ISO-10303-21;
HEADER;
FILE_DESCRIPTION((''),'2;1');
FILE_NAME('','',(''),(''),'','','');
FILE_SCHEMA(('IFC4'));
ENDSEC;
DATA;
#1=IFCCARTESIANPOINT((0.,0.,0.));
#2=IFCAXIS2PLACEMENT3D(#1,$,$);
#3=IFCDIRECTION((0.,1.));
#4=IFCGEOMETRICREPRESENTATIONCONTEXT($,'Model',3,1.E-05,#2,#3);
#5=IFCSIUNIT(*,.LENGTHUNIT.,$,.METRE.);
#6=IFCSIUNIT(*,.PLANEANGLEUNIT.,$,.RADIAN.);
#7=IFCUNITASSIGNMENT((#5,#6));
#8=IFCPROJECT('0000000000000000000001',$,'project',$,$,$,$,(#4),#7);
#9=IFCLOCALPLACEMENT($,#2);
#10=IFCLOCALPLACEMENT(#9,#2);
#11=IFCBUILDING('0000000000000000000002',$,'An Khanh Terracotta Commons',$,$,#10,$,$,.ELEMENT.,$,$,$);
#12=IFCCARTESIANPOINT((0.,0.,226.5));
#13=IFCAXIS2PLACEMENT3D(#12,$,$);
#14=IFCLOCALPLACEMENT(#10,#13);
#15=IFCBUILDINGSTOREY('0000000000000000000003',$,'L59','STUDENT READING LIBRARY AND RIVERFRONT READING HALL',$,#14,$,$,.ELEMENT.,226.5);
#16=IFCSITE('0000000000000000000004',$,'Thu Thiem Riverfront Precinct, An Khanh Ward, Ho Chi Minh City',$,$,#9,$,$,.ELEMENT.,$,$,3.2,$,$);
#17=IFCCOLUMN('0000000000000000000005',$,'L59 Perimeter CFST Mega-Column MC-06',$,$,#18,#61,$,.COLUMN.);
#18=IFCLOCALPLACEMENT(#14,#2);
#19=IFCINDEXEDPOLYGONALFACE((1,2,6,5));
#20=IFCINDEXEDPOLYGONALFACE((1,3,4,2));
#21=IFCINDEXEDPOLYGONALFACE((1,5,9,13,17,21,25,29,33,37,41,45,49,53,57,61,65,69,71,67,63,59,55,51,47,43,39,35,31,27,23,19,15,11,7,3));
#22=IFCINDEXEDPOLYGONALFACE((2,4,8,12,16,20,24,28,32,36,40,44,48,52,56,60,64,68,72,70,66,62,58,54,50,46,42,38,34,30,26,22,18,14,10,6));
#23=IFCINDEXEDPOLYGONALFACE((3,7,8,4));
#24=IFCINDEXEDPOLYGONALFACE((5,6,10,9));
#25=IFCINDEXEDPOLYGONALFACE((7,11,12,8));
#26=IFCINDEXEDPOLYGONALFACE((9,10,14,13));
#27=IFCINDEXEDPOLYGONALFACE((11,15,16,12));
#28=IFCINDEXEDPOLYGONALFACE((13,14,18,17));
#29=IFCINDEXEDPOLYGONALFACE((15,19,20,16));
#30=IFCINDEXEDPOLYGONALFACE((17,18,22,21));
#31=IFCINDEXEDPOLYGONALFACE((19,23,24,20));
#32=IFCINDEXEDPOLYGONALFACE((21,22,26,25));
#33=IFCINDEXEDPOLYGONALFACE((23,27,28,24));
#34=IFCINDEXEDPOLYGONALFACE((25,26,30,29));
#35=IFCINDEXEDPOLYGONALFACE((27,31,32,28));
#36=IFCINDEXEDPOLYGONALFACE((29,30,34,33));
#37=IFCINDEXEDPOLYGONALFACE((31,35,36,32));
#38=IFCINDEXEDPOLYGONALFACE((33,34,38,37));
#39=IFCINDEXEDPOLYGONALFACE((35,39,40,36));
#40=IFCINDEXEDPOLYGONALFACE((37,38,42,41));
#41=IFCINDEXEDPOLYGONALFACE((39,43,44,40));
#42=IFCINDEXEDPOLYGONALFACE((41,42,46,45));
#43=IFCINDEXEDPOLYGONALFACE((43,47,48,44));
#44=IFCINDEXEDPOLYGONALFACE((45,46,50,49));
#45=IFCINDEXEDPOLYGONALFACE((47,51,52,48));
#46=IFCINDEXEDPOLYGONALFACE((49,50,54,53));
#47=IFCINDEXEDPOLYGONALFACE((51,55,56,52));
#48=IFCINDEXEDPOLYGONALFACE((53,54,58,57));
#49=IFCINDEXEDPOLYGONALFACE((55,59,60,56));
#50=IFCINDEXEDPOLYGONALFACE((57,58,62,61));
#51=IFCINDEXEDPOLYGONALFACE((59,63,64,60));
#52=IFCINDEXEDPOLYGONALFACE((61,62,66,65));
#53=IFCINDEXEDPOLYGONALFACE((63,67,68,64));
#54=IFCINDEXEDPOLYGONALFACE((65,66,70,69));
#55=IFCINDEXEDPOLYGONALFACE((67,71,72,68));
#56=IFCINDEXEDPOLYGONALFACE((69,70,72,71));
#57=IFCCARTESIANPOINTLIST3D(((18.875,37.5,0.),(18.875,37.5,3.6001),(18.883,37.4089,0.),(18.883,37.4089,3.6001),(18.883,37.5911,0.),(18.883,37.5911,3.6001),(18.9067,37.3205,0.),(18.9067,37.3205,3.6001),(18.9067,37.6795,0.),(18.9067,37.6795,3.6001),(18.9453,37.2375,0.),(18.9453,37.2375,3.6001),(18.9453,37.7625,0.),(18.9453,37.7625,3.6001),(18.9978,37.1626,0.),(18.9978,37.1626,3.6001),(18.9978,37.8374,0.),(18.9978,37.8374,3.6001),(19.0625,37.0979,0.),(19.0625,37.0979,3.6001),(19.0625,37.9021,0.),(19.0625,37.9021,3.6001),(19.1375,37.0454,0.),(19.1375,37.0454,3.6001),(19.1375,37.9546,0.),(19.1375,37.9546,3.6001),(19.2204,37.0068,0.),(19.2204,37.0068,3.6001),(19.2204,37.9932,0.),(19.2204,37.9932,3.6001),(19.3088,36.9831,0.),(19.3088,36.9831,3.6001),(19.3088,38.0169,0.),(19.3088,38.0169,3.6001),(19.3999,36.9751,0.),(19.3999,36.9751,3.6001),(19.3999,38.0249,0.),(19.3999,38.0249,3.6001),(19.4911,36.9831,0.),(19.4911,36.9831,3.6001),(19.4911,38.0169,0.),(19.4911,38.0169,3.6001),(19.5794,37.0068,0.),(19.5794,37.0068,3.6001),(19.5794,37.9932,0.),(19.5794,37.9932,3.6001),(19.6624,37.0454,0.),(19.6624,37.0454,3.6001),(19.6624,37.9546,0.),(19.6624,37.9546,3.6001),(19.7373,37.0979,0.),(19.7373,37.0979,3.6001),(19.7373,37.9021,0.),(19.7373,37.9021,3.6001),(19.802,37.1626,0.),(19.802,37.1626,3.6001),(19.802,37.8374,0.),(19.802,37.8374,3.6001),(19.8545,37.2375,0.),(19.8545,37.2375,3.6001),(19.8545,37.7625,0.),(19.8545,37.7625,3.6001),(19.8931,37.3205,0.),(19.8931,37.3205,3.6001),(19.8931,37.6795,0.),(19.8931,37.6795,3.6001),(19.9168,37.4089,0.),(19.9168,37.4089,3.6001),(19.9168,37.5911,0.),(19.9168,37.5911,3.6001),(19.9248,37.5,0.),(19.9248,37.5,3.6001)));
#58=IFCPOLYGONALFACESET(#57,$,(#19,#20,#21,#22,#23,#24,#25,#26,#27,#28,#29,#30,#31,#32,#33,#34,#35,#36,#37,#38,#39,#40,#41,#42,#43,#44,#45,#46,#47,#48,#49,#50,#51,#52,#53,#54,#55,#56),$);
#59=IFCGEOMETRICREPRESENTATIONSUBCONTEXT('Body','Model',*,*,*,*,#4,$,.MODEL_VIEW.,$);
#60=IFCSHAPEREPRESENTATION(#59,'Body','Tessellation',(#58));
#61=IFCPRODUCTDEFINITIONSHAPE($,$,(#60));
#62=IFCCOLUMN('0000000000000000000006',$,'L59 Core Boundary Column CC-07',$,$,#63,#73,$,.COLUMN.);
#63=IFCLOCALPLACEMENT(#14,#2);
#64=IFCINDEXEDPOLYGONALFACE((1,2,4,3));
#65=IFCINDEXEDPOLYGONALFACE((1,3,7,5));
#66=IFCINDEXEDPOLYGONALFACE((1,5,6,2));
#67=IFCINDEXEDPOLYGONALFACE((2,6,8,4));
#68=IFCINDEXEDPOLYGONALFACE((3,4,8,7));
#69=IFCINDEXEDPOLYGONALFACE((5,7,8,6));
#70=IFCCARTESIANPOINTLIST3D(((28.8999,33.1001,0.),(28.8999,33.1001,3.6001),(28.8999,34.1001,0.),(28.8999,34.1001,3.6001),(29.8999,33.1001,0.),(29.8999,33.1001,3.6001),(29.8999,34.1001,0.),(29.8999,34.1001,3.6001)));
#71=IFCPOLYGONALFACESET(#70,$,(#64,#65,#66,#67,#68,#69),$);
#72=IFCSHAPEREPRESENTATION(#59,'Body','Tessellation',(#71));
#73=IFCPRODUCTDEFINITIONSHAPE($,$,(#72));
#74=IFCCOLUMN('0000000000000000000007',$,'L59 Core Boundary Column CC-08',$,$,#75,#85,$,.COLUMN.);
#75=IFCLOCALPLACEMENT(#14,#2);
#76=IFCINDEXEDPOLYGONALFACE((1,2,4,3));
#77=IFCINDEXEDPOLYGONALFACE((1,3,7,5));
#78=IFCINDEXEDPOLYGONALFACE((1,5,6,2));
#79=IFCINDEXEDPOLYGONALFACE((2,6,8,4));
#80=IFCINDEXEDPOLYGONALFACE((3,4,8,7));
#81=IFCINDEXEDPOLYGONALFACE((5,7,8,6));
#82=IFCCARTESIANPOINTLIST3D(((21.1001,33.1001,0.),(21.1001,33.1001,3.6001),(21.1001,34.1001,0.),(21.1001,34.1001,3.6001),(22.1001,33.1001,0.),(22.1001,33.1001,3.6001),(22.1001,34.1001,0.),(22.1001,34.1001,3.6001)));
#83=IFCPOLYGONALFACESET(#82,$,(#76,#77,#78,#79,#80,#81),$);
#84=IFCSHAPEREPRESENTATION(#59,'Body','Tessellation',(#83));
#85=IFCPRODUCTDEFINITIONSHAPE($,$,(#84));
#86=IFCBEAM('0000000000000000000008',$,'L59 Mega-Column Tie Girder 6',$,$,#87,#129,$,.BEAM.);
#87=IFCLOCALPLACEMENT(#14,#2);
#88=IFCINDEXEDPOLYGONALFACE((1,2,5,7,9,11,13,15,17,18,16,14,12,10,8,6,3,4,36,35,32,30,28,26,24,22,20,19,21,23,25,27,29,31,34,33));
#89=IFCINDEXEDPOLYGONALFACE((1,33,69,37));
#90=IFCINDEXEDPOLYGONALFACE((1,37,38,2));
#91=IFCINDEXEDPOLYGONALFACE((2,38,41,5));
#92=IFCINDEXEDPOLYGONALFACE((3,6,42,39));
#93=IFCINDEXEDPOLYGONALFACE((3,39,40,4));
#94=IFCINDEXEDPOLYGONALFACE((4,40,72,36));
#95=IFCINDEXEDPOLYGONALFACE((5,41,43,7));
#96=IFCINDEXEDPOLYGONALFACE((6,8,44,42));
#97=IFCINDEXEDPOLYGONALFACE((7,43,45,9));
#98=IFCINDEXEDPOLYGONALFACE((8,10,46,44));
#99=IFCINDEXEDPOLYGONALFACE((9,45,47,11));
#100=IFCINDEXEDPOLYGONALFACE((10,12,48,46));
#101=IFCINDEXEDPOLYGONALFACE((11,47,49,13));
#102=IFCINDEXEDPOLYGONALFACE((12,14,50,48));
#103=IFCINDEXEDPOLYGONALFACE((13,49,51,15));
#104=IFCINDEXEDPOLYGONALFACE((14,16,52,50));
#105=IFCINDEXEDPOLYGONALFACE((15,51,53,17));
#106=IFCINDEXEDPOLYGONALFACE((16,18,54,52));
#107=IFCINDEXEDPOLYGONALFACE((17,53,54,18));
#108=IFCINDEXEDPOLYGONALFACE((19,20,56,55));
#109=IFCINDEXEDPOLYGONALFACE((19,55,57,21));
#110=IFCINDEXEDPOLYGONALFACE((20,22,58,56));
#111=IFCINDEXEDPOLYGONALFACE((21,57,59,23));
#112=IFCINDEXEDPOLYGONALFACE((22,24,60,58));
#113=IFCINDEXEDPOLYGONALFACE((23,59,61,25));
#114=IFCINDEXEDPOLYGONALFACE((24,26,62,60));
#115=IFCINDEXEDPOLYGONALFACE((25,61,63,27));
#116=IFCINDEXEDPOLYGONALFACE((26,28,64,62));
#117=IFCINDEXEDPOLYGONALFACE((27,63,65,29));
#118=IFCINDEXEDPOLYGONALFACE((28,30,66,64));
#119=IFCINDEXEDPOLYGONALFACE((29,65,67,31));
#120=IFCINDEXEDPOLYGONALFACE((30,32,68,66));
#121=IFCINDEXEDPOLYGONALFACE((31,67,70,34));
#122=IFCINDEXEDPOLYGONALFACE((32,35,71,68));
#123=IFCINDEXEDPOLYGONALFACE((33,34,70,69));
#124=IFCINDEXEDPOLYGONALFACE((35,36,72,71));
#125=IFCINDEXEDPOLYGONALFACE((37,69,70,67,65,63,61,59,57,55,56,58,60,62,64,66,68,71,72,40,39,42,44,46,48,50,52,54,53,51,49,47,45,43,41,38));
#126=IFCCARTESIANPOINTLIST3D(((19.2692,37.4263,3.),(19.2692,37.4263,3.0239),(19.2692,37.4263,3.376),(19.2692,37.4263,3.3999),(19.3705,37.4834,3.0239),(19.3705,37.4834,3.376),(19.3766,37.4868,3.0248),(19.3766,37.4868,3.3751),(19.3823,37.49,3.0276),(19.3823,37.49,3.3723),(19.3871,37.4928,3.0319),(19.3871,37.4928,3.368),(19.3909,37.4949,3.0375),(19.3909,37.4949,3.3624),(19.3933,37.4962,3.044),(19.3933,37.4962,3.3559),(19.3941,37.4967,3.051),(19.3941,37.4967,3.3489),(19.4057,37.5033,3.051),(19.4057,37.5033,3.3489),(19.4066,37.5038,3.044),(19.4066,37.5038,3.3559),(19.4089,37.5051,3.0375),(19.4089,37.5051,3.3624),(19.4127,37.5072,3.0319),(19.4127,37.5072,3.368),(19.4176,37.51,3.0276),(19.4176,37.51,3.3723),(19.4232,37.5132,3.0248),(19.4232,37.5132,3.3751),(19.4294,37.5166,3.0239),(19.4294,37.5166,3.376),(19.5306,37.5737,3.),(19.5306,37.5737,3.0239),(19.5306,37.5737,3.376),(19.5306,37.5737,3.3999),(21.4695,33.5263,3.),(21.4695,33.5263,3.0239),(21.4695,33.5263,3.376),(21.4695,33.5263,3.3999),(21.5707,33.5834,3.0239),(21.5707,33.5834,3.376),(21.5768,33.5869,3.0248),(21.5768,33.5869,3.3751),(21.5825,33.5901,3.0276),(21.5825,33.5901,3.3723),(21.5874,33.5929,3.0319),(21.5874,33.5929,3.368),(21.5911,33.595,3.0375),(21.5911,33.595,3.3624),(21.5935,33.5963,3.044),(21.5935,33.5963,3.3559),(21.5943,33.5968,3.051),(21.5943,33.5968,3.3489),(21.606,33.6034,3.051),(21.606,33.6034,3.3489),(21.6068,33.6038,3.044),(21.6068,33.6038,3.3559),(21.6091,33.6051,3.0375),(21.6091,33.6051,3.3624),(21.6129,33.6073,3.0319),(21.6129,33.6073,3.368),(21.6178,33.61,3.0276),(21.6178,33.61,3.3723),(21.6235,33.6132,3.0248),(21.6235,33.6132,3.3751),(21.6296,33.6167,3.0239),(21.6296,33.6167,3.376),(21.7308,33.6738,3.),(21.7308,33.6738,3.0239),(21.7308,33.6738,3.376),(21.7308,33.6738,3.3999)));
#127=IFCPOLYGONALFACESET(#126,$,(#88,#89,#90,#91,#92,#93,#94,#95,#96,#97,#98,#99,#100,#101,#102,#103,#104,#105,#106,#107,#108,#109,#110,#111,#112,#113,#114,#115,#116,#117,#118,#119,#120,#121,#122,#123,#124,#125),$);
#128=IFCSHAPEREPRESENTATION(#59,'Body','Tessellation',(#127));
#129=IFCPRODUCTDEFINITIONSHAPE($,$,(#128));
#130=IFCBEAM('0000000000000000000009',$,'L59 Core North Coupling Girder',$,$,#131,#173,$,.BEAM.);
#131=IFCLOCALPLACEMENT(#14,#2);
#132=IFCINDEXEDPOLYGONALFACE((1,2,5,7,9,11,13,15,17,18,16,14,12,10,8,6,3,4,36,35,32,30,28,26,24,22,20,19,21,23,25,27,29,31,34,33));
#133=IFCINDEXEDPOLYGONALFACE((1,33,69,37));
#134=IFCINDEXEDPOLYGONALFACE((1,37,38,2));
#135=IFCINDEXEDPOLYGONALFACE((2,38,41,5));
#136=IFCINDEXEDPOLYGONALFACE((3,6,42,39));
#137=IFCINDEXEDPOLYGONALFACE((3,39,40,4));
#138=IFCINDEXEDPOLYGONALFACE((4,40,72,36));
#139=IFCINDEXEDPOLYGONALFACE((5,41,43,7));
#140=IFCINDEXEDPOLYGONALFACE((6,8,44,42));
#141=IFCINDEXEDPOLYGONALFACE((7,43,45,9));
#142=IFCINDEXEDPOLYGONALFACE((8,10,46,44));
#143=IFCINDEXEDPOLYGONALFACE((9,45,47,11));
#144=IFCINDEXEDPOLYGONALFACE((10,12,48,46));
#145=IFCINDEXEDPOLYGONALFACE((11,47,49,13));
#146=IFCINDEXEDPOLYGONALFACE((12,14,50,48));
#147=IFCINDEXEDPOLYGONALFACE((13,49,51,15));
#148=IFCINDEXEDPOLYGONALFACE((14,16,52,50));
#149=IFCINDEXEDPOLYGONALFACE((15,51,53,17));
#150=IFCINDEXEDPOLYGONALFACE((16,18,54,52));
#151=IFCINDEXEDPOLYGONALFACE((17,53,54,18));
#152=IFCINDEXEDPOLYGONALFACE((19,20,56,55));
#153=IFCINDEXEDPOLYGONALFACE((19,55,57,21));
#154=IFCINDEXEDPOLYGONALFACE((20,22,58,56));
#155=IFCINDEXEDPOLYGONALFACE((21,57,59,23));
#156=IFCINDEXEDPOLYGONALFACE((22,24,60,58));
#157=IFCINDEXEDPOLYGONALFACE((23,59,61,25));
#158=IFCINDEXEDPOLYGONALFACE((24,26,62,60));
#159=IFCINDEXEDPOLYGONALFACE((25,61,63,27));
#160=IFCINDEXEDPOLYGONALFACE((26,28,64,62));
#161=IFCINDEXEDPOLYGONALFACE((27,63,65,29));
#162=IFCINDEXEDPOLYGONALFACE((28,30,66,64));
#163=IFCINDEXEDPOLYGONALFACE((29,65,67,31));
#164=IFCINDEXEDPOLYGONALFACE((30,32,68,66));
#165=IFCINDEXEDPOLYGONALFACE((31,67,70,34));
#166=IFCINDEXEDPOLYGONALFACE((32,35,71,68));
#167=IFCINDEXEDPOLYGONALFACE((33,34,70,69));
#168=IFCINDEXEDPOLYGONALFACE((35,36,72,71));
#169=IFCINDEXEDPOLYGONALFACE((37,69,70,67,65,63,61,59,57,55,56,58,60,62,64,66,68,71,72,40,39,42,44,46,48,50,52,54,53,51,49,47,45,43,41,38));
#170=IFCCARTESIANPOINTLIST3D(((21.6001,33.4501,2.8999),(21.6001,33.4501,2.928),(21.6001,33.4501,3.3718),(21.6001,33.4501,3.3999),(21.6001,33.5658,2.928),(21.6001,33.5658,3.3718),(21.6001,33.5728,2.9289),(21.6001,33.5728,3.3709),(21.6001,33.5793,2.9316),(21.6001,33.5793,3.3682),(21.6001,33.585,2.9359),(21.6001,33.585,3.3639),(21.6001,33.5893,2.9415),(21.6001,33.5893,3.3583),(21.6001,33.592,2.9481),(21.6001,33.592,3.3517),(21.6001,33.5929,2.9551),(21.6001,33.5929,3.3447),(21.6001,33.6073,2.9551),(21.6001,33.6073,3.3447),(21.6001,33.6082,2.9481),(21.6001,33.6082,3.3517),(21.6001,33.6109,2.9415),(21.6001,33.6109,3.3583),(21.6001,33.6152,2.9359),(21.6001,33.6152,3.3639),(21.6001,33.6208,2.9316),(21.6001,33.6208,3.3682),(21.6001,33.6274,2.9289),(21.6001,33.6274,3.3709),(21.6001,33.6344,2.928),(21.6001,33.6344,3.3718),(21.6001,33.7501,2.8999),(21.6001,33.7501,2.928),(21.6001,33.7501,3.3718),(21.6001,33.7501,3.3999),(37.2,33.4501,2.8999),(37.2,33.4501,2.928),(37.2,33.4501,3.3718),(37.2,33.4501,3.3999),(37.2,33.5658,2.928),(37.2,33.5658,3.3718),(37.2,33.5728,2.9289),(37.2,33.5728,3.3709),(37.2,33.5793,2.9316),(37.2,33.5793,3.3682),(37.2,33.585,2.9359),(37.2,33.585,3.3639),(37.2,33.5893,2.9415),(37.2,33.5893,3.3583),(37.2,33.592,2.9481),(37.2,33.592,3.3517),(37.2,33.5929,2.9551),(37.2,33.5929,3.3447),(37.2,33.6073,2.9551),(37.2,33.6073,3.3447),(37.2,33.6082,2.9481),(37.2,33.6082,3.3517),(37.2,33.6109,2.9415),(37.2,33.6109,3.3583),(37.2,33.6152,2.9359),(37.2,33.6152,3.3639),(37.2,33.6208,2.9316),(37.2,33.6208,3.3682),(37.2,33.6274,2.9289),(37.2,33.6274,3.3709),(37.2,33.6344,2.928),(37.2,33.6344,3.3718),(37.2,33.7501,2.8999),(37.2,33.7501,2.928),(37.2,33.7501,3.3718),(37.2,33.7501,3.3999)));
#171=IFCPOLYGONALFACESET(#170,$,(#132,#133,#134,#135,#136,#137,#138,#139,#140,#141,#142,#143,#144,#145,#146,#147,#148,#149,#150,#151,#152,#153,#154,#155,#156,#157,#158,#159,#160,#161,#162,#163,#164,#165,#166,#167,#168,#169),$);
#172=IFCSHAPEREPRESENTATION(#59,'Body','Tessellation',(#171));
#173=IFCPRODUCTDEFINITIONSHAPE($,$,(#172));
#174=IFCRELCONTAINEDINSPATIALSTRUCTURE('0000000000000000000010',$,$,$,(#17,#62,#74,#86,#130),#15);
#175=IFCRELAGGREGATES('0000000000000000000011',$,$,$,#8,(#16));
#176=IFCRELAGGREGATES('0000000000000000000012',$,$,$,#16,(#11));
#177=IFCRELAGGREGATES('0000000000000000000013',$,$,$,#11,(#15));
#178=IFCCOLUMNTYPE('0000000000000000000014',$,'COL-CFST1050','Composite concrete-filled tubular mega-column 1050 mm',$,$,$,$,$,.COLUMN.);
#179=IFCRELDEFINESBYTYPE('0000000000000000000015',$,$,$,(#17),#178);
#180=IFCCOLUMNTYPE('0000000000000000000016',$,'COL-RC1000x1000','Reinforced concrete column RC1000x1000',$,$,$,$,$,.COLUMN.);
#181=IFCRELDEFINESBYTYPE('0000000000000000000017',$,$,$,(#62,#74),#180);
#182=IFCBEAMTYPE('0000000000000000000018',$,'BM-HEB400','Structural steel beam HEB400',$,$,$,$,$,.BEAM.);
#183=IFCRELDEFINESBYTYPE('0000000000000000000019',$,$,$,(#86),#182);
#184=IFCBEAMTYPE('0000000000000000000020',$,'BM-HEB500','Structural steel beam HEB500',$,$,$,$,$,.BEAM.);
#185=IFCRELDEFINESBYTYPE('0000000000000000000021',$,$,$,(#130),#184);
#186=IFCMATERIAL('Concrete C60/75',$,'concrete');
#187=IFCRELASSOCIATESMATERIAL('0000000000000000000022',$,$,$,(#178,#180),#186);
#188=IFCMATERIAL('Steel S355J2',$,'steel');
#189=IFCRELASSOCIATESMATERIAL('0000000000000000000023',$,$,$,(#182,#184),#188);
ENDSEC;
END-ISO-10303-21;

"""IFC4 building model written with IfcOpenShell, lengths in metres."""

from ifc_helpers import new_model, si_unit, direction, frame, origin, origin_2d, place, context, subcontext, project, spatial, rectangle, circle, i_section, extrude, material, material_profile, profile_set, type_object, element, save


model = new_model("IFC4")

# Units and contexts
model_context = context("Model", 3, precision=1e-05, world=origin(), true_north=direction((0.0, 1.0)))
body_context = subcontext(model_context, "Body", "Model", "MODEL_VIEW")
ifc_project = project(units=[si_unit("LENGTHUNIT", "METRE"), si_unit("PLANEANGLEUNIT", "RADIAN")], contexts=[model_context])

# Site, building, storey
site_placement = place(None, origin())
site = spatial("IfcSite", under=ifc_project, at=site_placement, Name="Thu Thiem Riverfront Precinct, An Khanh Ward, Ho Chi Minh City", CompositionType="ELEMENT", RefElevation=3.2)
building_placement = place(site_placement, origin())
building = spatial("IfcBuilding", under=site, at=building_placement, Name="An Khanh Terracotta Commons", CompositionType="ELEMENT")
storey_placement = place(building_placement, frame((0.0, 0.0, 226.5)))
storey = spatial("IfcBuildingStorey", under=building, at=storey_placement, Name="L59", Description="STUDENT READING LIBRARY AND RIVERFRONT READING HALL", CompositionType="ELEMENT", Elevation=226.5)

# Columns
ifc_material_1 = material(Name="Concrete C60/75", Category="concrete")
ifc_material_profile_1 = material_profile(ifc_material_1, circle(Radius=0.5249, at=origin_2d()), Name="CFST1050")
ifc_profile_set_1 = profile_set([ifc_material_profile_1], Name="Concrete C60/75")
column_type_1 = type_object("IfcColumnType", Name="COL-CFST1050", Description="Composite concrete-filled tubular mega-column 1050 mm", PredefinedType="COLUMN", material=ifc_profile_set_1)
column_placement = place(storey_placement, frame((19.3999, 37.5, 0.0), z_axis=(0.0, 0.0, 1.0), x_axis=(1.0, 0.0, 0.0)))
element("IfcColumn", 1, at=column_placement, inside=storey, type_object=column_type_1, Name="L59 Perimeter CFST Mega-Column MC-06", PredefinedType="COLUMN", context=body_context, shape_type="SweptSolid", body=[
    extrude(circle(Radius=0.5249, at=origin_2d()), origin(), (0.0, 0.0, 1.0), 3.6001),
])
ifc_material_profile_2 = material_profile(ifc_material_1, rectangle(XDim=1.0, YDim=1.0, at=origin_2d()), Name="RC1000x1000")
ifc_profile_set_2 = profile_set([ifc_material_profile_2], Name="Concrete C60/75")
column_type_2 = type_object("IfcColumnType", Name="COL-RC1000x1000", Description="Reinforced concrete column RC1000x1000", PredefinedType="COLUMN", material=ifc_profile_set_2)
for number, where, z_axis, x_axis, name in (
    (2, (29.3999, 33.6001, 0.0), (0.0, 0.0, 1.0), (1.0, 0.0, 0.0), "L59 Core Boundary Column CC-07"),
    (3, (21.6001, 33.6001, 0.0), (0.0, 0.0, 1.0), (1.0, 0.0, 0.0), "L59 Core Boundary Column CC-08"),
):
    element("IfcColumn", number, at=place(storey_placement, frame(where, z_axis=z_axis, x_axis=x_axis)), inside=storey, type_object=column_type_2, Name=name, PredefinedType="COLUMN", context=body_context, shape_type="SweptSolid", body=[
        extrude(rectangle(XDim=1.0, YDim=1.0, at=origin_2d()), origin(), (0.0, 0.0, 1.0), 3.6001),
    ])

# Beams
ifc_material_2 = material(Name="Steel S355J2", Category="steel")
ifc_material_profile_3 = material_profile(ifc_material_2, i_section(OverallWidth=0.3, OverallDepth=0.3999, WebThickness=0.0134, FlangeThickness=0.0239, FilletRadius=0.0271, at=origin_2d()), Name="HEB400")
ifc_profile_set_3 = profile_set([ifc_material_profile_3], Name="Steel S355J2")
beam_type_1 = type_object("IfcBeamType", Name="BM-HEB400", Description="Structural steel beam HEB400", PredefinedType="BEAM", material=ifc_profile_set_3)
beam_1_placement = place(storey_placement, frame((19.3999, 37.5, 3.2), z_axis=(0.491364, -0.870955, 0.0), x_axis=(0.870955, 0.491364, 0.0)))
element("IfcBeam", 4, at=beam_1_placement, inside=storey, type_object=beam_type_1, Name="L59 Mega-Column Tie Girder 6", PredefinedType="BEAM", context=body_context, shape_type="SweptSolid", body=[
    extrude(i_section(OverallWidth=0.3, OverallDepth=0.3999, WebThickness=0.0134, FlangeThickness=0.0239, FilletRadius=0.0271, at=origin_2d()), origin(), (0.0, 0.0, 1.0), 4.4778),
])
ifc_material_profile_4 = material_profile(ifc_material_2, i_section(OverallWidth=0.3, OverallDepth=0.5, WebThickness=0.0144, FlangeThickness=0.0281, FilletRadius=0.0271, at=origin_2d()), Name="HEB500")
ifc_profile_set_4 = profile_set([ifc_material_profile_4], Name="Steel S355J2")
beam_type_2 = type_object("IfcBeamType", Name="BM-HEB500", Description="Structural steel beam HEB500", PredefinedType="BEAM", material=ifc_profile_set_4)
beam_2_placement = place(storey_placement, frame((21.6001, 33.6001, 3.1499), z_axis=(1.0, 0.0, 0.0), x_axis=(0.0, 1.0, 0.0)))
element("IfcBeam", 5, at=beam_2_placement, inside=storey, type_object=beam_type_2, Name="L59 Core North Coupling Girder", PredefinedType="BEAM", context=body_context, shape_type="SweptSolid", body=[
    extrude(i_section(OverallWidth=0.3, OverallDepth=0.5, WebThickness=0.0144, FlangeThickness=0.0281, FilletRadius=0.0271, at=origin_2d()), origin(), (0.0, 0.0, 1.0), 15.5999),
])

save(model, "model.ifc")
